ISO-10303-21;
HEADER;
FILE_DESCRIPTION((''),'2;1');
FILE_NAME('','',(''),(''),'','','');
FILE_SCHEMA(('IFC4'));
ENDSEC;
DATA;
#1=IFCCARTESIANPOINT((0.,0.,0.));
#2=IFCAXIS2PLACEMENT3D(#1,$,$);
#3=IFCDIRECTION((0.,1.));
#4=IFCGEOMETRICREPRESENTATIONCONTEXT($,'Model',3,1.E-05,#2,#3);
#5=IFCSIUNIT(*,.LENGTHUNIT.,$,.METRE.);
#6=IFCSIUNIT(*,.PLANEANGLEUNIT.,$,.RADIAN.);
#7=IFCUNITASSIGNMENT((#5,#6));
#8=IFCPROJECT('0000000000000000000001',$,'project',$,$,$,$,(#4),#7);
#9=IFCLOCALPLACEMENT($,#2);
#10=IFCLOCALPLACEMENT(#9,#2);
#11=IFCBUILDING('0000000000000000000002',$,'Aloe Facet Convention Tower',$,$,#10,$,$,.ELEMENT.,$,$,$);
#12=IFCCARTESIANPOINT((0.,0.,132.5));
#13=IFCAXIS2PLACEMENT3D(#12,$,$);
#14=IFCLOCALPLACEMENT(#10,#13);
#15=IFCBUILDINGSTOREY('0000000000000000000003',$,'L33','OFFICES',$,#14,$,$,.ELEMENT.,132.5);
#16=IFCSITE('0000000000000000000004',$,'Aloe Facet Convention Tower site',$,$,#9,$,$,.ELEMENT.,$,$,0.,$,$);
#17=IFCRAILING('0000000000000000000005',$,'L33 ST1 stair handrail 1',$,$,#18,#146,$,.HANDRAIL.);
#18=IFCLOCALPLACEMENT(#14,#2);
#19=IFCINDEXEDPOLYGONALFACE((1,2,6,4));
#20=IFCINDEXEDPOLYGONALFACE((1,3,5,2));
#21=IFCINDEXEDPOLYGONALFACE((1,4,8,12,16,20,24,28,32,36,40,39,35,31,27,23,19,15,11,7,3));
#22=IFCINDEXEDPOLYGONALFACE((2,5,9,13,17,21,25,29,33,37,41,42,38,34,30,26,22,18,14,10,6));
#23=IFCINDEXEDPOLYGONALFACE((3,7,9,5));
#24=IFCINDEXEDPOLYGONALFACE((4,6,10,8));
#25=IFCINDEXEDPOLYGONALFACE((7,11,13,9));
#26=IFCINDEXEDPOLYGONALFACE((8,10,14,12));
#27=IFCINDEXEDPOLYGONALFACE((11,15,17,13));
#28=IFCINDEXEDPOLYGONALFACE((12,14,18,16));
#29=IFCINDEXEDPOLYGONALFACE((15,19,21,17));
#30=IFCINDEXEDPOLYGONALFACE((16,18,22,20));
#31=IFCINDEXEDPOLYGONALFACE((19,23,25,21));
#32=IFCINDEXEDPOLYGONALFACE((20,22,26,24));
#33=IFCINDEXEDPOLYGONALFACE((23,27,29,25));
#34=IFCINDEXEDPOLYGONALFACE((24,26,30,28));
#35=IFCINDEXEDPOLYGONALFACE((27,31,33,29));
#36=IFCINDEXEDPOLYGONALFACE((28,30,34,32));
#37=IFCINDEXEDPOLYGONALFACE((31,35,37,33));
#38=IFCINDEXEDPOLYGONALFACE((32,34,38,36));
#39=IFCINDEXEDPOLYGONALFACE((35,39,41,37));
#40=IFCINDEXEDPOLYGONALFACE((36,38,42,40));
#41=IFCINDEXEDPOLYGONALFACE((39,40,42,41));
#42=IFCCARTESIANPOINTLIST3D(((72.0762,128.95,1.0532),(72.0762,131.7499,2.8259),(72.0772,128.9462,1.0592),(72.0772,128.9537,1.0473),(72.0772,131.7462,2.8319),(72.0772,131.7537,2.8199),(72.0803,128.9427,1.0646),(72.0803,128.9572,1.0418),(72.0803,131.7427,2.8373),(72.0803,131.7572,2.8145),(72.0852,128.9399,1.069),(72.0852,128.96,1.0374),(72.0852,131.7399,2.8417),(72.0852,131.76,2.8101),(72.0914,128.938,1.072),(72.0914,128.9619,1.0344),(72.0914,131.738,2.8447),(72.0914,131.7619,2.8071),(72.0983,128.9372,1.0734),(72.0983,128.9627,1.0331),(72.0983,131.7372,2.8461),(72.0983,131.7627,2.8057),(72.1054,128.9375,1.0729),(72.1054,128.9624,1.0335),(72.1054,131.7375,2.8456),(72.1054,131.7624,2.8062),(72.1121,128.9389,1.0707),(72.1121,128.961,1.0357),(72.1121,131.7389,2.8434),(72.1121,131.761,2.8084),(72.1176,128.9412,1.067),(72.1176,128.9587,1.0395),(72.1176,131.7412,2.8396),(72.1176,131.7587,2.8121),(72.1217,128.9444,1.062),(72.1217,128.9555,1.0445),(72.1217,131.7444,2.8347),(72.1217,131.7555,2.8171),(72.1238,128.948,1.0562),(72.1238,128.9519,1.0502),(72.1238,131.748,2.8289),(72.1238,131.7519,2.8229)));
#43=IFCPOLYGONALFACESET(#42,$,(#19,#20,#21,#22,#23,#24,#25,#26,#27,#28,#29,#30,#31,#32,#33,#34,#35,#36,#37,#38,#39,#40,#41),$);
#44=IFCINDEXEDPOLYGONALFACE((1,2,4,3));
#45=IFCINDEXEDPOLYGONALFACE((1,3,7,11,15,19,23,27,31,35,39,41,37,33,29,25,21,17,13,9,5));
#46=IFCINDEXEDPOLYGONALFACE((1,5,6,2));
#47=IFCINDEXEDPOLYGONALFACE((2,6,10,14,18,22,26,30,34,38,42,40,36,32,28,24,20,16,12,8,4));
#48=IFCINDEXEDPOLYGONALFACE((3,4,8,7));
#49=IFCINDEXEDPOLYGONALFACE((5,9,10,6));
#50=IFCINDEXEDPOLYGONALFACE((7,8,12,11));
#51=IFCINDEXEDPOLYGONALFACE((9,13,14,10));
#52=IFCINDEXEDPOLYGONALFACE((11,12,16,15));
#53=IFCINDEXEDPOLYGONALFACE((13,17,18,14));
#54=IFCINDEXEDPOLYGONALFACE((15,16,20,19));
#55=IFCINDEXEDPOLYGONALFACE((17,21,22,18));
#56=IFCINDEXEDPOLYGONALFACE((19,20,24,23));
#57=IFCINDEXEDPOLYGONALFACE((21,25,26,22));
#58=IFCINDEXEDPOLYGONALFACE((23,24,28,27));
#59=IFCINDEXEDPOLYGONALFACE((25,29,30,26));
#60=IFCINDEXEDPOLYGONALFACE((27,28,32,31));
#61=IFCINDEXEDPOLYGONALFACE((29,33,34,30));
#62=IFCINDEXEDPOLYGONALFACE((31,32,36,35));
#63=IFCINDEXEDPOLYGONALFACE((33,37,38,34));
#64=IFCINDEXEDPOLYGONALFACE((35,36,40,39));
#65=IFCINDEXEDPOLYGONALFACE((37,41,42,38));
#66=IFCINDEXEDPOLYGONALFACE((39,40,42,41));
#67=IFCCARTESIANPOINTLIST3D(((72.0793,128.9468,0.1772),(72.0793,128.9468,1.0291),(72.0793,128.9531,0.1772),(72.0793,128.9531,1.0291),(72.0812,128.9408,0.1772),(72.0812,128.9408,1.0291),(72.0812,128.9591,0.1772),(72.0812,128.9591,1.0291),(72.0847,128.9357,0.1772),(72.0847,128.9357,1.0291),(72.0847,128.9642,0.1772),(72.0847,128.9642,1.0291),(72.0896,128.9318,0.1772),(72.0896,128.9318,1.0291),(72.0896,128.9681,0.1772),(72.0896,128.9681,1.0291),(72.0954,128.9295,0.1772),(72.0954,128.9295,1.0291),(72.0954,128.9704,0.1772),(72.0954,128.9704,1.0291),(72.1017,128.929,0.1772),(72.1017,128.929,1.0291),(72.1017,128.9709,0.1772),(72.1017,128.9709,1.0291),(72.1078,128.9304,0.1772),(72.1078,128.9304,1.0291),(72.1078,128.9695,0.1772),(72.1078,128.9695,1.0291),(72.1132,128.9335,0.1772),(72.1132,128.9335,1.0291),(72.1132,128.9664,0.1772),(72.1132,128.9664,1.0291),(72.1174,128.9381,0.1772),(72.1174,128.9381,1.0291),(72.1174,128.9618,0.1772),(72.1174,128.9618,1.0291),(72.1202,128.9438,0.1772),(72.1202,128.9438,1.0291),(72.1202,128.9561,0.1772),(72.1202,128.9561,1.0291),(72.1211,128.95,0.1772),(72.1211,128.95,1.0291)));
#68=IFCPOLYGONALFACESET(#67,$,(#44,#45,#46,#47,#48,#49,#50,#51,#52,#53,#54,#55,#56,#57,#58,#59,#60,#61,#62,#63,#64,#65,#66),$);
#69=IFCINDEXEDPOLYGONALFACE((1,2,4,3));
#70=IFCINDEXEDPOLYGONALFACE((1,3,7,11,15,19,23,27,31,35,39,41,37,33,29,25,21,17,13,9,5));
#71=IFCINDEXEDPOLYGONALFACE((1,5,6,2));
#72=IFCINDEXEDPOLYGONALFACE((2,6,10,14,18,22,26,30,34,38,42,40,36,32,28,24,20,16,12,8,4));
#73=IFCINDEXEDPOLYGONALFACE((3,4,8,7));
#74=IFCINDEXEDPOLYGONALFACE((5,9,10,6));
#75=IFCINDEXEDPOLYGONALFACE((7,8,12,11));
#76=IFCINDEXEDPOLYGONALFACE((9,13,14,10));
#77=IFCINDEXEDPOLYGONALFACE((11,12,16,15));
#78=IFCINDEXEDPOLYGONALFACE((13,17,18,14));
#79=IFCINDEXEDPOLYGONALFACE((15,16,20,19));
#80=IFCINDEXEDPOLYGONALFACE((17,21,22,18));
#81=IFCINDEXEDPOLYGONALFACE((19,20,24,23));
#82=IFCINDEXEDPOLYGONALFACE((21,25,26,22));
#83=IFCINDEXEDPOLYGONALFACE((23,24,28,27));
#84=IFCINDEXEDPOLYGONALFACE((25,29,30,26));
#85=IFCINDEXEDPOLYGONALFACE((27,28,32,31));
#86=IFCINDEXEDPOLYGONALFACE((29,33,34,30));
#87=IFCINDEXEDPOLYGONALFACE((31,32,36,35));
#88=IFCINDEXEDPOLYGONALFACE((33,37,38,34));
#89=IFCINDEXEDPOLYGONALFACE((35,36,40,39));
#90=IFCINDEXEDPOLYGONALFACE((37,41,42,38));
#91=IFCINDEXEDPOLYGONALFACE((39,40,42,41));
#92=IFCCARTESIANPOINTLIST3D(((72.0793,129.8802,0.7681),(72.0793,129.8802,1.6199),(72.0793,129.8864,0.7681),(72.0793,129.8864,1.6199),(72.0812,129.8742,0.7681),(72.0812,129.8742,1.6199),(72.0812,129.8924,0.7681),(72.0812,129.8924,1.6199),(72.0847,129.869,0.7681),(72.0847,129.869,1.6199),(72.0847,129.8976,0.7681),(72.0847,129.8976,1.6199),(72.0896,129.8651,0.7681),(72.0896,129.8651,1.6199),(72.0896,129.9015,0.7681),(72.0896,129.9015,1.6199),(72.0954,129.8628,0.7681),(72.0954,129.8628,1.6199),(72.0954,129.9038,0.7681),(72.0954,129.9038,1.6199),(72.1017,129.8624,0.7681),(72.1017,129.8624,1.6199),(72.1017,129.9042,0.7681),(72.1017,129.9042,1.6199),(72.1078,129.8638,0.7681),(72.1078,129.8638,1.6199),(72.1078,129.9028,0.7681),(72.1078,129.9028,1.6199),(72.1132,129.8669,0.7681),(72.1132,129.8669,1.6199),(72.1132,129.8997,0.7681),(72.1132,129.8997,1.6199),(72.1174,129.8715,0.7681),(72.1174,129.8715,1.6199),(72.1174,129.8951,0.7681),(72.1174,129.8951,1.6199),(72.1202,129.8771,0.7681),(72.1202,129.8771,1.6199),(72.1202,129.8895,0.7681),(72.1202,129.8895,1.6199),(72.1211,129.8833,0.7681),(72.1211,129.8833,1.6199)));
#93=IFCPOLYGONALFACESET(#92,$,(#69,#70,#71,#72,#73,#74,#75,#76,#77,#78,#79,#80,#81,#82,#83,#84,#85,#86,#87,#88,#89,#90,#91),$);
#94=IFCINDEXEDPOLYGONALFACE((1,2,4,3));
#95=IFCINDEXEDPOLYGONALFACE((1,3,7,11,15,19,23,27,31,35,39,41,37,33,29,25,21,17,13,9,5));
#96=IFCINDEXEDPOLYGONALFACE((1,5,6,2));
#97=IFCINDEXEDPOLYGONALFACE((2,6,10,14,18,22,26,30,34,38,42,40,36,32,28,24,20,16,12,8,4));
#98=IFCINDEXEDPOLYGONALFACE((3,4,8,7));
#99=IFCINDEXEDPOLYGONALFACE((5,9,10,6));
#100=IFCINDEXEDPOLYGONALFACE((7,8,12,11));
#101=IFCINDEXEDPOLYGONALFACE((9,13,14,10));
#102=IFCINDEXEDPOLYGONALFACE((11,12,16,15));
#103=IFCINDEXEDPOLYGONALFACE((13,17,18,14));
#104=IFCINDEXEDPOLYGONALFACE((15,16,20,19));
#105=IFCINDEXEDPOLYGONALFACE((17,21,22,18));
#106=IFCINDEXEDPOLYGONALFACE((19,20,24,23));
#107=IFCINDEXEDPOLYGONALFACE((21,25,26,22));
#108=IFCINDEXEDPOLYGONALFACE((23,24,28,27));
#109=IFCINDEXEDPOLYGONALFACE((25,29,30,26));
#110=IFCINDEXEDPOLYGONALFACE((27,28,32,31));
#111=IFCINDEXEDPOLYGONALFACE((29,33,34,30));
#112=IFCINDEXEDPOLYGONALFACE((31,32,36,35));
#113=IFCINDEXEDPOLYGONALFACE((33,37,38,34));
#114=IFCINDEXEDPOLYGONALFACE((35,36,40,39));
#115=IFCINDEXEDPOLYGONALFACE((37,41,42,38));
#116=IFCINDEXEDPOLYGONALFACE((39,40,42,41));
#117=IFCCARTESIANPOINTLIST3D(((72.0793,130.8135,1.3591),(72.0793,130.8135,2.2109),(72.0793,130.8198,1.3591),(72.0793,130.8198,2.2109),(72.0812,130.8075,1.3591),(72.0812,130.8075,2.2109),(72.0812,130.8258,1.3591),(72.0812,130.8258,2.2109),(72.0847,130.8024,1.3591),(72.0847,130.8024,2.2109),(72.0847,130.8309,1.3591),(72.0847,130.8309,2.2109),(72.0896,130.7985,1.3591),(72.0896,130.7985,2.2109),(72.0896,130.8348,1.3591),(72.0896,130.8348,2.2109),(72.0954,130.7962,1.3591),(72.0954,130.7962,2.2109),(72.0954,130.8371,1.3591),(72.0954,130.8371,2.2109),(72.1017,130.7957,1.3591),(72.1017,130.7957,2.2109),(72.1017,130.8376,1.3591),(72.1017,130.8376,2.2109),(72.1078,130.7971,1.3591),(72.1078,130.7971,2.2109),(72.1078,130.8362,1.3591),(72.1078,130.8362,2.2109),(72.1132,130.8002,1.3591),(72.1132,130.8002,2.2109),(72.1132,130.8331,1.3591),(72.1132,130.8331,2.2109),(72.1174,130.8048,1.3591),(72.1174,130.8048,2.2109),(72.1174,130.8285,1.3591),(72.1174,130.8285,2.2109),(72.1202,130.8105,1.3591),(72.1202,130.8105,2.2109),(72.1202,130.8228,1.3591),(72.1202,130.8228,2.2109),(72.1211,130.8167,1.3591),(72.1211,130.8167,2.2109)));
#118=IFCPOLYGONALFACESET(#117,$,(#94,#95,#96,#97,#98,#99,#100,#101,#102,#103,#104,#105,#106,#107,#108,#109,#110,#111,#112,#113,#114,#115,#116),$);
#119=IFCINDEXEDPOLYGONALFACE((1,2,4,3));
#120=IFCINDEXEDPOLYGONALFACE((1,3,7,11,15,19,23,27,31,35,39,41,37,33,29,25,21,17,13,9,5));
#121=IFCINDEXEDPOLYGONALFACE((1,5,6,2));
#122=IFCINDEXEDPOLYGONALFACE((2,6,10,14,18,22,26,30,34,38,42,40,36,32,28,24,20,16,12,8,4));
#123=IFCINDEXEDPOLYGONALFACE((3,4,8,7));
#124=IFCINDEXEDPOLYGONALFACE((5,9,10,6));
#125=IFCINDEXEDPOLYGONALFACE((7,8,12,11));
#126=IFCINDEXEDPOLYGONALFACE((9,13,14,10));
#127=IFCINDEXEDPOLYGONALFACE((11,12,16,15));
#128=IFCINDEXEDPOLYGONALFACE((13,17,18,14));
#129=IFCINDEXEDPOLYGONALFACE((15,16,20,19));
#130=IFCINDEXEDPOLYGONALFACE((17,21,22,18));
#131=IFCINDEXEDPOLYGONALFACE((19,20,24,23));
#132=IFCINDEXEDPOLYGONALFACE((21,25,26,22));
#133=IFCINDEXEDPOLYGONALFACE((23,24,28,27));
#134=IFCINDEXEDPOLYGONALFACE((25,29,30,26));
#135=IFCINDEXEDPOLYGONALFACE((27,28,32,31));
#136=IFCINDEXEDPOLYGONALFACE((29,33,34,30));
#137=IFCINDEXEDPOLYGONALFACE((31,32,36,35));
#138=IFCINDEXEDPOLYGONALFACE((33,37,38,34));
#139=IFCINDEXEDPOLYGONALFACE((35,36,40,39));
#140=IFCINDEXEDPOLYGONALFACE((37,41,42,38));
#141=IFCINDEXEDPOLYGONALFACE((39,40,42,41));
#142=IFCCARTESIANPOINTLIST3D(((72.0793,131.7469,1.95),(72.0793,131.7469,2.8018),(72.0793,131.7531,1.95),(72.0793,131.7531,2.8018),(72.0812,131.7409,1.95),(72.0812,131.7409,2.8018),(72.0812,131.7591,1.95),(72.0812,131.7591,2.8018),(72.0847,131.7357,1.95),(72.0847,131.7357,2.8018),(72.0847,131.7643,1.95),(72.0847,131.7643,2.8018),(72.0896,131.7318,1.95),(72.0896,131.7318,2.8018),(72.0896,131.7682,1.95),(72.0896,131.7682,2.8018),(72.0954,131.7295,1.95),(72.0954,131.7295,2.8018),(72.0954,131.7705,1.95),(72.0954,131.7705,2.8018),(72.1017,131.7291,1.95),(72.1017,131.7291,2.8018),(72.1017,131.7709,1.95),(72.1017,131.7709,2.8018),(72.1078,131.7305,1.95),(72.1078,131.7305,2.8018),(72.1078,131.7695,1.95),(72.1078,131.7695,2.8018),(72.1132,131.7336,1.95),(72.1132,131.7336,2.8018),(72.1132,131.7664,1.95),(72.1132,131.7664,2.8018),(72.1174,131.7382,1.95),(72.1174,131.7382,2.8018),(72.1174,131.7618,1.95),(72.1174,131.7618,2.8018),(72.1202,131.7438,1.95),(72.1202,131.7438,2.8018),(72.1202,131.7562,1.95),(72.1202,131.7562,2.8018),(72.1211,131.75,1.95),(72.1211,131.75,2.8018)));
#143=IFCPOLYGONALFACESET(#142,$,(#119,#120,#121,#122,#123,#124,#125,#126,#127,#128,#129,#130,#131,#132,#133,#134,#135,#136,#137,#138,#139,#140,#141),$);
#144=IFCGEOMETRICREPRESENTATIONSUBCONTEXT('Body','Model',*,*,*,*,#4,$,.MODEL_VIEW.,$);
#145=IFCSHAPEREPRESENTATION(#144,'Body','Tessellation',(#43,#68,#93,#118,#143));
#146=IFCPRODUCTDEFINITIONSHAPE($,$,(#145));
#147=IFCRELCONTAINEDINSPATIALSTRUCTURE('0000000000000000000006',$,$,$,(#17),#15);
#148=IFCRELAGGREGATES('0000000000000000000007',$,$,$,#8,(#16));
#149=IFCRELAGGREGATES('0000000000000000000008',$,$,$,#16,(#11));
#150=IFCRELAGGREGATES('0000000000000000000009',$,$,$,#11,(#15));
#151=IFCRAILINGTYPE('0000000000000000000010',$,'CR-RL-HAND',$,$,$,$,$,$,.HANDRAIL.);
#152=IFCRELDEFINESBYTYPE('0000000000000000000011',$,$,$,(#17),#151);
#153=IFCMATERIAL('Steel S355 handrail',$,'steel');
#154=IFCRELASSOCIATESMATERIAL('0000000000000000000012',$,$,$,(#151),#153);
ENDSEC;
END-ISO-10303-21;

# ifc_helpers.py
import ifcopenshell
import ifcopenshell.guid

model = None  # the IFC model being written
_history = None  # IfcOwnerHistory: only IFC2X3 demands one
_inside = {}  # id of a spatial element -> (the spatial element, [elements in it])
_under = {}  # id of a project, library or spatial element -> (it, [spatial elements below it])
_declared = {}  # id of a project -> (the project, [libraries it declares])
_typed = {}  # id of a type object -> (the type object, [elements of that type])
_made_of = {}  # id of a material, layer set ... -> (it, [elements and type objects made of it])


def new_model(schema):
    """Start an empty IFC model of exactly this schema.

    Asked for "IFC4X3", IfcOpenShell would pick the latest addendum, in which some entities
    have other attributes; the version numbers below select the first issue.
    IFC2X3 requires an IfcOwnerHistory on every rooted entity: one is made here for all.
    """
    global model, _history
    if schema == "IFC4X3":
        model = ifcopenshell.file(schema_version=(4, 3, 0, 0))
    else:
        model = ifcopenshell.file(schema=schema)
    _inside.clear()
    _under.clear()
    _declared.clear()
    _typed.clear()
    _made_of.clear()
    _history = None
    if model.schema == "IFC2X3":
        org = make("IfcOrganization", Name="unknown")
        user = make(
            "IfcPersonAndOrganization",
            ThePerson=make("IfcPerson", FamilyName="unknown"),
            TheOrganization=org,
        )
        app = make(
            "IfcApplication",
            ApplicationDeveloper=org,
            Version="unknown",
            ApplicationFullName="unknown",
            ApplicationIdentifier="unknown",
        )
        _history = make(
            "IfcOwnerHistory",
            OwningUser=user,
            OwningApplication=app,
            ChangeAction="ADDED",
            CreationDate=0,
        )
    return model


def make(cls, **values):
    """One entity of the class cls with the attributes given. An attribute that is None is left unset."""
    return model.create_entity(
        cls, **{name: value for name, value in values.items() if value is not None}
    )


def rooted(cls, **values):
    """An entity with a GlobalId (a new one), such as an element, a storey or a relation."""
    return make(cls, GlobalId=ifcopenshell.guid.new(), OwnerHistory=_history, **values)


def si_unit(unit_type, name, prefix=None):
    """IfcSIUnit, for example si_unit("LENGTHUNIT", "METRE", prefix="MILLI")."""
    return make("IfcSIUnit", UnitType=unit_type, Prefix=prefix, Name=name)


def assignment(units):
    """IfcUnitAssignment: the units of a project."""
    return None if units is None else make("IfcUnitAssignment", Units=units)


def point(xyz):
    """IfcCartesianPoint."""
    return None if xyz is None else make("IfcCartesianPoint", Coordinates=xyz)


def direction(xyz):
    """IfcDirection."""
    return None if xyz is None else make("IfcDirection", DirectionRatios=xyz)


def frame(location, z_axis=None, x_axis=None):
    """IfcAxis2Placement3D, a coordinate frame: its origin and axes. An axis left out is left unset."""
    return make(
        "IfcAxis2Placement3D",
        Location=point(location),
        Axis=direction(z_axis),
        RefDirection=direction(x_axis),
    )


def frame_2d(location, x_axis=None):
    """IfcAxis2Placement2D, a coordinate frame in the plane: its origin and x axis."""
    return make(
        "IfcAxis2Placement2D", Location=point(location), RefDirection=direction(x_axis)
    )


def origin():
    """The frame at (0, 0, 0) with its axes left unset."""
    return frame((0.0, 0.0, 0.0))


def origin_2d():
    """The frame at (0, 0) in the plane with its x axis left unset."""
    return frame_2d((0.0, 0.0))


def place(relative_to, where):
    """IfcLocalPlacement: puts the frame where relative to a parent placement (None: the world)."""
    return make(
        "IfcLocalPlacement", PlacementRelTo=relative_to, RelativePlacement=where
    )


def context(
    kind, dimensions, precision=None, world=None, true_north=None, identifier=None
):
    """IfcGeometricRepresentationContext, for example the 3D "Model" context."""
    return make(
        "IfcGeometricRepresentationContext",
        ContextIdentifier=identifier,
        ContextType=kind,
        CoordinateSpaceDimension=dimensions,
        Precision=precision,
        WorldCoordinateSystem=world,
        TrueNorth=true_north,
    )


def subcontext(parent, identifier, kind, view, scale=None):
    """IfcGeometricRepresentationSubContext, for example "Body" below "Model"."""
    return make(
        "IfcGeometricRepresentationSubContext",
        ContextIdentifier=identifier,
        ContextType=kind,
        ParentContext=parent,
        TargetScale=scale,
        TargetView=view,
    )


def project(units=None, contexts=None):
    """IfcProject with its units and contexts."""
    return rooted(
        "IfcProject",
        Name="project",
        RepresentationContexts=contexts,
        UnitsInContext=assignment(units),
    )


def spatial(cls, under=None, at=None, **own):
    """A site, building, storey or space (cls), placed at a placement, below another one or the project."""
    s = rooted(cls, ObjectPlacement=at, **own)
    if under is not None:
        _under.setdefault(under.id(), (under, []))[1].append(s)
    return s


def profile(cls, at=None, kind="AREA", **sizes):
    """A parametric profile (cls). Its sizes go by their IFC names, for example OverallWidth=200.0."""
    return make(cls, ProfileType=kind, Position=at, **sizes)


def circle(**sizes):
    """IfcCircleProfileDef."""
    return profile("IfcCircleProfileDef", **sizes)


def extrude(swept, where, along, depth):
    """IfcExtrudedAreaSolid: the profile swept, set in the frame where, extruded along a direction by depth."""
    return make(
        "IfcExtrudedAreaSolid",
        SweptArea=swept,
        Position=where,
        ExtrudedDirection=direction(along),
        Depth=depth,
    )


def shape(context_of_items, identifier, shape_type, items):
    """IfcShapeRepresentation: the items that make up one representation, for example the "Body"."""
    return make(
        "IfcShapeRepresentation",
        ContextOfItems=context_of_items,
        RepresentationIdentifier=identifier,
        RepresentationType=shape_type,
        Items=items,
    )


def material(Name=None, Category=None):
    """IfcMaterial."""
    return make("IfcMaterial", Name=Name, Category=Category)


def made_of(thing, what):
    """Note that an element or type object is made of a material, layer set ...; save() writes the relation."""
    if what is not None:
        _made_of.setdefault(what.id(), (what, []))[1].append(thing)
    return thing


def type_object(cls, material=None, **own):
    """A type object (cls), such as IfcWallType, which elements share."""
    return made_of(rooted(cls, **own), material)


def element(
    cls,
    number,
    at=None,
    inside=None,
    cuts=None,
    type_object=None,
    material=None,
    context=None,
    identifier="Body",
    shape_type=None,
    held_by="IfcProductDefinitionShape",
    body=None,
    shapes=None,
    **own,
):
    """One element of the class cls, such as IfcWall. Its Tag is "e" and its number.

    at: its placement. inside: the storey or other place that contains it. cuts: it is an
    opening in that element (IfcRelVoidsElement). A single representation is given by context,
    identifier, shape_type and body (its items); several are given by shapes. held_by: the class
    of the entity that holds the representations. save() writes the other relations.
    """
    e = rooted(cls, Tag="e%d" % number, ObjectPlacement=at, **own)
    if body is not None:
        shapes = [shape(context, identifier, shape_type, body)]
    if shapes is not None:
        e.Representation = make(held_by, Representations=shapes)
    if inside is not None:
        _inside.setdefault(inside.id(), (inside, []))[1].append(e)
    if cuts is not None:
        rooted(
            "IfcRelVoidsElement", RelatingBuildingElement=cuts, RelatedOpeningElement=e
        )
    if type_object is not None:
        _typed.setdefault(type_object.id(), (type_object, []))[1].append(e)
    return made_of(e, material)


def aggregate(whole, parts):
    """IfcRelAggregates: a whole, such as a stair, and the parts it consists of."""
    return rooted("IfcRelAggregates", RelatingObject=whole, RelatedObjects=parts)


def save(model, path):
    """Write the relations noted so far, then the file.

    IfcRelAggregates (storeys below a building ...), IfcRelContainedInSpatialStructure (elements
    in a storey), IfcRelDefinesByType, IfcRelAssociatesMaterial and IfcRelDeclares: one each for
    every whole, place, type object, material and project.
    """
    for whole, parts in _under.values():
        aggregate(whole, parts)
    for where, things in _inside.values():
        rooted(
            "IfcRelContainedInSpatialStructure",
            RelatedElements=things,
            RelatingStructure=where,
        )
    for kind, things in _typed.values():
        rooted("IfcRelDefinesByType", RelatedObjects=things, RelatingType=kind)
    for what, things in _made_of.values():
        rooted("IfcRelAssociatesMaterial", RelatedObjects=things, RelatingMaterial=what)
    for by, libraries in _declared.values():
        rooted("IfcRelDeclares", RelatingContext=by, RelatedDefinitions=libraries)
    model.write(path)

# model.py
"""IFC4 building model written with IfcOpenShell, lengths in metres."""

from ifc_helpers import new_model, si_unit, direction, frame, origin, origin_2d, place, context, subcontext, project, spatial, circle, extrude, material, type_object, element, save


model = new_model("IFC4")

# Units and contexts
model_context = context("Model", 3, precision=1e-05, world=origin(), true_north=direction((0.0, 1.0)))
body_context = subcontext(model_context, "Body", "Model", "MODEL_VIEW")
ifc_project = project(units=[si_unit("LENGTHUNIT", "METRE"), si_unit("PLANEANGLEUNIT", "RADIAN")], contexts=[model_context])

# Site, building, storey
site_placement = place(None, origin())
site = spatial("IfcSite", under=ifc_project, at=site_placement, Name="Aloe Facet Convention Tower site", CompositionType="ELEMENT", RefElevation=0.0)
building_placement = place(site_placement, origin())
building = spatial("IfcBuilding", under=site, at=building_placement, Name="Aloe Facet Convention Tower", CompositionType="ELEMENT")
storey_placement = place(building_placement, frame((0.0, 0.0, 132.5)))
storey = spatial("IfcBuildingStorey", under=building, at=storey_placement, Name="L33", Description="OFFICES", CompositionType="ELEMENT", Elevation=132.5)

# Railing
ifc_material_1 = material(Name="Steel S355 handrail", Category="steel")
railing_type_1 = type_object("IfcRailingType", Name="CR-RL-HAND", PredefinedType="HANDRAIL", material=ifc_material_1)
railing_1_placement = place(storey_placement, frame((72.1001, 128.95, 0.1772)))
element("IfcRailing", 1, at=railing_1_placement, inside=storey, type_object=railing_type_1, Name="L33 ST1 stair handrail 1", PredefinedType="HANDRAIL", context=body_context, shape_type="SweptSolid", body=[
    extrude(circle(Radius=0.0239, at=origin_2d()), frame((0.0, 0.0, 0.876), z_axis=(0.0, 0.844909, 0.53491), x_axis=(-1.0, 0.0, 0.0)), (0.0, 0.0, 1.0), 3.314),
    extrude(circle(Radius=0.021, at=origin_2d()), origin(), (0.0, 0.0, 1.0), 0.8518),
    extrude(circle(Radius=0.021, at=origin_2d()), frame((0.0, 0.9333, 0.5908)), (0.0, 0.0, 1.0), 0.8518),
    extrude(circle(Radius=0.021, at=origin_2d()), frame((0.0, 1.8667, 1.1819)), (0.0, 0.0, 1.0), 0.8518),
    extrude(circle(Radius=0.021, at=origin_2d()), frame((0.0, 2.8, 1.7727)), (0.0, 0.0, 1.0), 0.8518),
])

save(model, "model.ifc")
